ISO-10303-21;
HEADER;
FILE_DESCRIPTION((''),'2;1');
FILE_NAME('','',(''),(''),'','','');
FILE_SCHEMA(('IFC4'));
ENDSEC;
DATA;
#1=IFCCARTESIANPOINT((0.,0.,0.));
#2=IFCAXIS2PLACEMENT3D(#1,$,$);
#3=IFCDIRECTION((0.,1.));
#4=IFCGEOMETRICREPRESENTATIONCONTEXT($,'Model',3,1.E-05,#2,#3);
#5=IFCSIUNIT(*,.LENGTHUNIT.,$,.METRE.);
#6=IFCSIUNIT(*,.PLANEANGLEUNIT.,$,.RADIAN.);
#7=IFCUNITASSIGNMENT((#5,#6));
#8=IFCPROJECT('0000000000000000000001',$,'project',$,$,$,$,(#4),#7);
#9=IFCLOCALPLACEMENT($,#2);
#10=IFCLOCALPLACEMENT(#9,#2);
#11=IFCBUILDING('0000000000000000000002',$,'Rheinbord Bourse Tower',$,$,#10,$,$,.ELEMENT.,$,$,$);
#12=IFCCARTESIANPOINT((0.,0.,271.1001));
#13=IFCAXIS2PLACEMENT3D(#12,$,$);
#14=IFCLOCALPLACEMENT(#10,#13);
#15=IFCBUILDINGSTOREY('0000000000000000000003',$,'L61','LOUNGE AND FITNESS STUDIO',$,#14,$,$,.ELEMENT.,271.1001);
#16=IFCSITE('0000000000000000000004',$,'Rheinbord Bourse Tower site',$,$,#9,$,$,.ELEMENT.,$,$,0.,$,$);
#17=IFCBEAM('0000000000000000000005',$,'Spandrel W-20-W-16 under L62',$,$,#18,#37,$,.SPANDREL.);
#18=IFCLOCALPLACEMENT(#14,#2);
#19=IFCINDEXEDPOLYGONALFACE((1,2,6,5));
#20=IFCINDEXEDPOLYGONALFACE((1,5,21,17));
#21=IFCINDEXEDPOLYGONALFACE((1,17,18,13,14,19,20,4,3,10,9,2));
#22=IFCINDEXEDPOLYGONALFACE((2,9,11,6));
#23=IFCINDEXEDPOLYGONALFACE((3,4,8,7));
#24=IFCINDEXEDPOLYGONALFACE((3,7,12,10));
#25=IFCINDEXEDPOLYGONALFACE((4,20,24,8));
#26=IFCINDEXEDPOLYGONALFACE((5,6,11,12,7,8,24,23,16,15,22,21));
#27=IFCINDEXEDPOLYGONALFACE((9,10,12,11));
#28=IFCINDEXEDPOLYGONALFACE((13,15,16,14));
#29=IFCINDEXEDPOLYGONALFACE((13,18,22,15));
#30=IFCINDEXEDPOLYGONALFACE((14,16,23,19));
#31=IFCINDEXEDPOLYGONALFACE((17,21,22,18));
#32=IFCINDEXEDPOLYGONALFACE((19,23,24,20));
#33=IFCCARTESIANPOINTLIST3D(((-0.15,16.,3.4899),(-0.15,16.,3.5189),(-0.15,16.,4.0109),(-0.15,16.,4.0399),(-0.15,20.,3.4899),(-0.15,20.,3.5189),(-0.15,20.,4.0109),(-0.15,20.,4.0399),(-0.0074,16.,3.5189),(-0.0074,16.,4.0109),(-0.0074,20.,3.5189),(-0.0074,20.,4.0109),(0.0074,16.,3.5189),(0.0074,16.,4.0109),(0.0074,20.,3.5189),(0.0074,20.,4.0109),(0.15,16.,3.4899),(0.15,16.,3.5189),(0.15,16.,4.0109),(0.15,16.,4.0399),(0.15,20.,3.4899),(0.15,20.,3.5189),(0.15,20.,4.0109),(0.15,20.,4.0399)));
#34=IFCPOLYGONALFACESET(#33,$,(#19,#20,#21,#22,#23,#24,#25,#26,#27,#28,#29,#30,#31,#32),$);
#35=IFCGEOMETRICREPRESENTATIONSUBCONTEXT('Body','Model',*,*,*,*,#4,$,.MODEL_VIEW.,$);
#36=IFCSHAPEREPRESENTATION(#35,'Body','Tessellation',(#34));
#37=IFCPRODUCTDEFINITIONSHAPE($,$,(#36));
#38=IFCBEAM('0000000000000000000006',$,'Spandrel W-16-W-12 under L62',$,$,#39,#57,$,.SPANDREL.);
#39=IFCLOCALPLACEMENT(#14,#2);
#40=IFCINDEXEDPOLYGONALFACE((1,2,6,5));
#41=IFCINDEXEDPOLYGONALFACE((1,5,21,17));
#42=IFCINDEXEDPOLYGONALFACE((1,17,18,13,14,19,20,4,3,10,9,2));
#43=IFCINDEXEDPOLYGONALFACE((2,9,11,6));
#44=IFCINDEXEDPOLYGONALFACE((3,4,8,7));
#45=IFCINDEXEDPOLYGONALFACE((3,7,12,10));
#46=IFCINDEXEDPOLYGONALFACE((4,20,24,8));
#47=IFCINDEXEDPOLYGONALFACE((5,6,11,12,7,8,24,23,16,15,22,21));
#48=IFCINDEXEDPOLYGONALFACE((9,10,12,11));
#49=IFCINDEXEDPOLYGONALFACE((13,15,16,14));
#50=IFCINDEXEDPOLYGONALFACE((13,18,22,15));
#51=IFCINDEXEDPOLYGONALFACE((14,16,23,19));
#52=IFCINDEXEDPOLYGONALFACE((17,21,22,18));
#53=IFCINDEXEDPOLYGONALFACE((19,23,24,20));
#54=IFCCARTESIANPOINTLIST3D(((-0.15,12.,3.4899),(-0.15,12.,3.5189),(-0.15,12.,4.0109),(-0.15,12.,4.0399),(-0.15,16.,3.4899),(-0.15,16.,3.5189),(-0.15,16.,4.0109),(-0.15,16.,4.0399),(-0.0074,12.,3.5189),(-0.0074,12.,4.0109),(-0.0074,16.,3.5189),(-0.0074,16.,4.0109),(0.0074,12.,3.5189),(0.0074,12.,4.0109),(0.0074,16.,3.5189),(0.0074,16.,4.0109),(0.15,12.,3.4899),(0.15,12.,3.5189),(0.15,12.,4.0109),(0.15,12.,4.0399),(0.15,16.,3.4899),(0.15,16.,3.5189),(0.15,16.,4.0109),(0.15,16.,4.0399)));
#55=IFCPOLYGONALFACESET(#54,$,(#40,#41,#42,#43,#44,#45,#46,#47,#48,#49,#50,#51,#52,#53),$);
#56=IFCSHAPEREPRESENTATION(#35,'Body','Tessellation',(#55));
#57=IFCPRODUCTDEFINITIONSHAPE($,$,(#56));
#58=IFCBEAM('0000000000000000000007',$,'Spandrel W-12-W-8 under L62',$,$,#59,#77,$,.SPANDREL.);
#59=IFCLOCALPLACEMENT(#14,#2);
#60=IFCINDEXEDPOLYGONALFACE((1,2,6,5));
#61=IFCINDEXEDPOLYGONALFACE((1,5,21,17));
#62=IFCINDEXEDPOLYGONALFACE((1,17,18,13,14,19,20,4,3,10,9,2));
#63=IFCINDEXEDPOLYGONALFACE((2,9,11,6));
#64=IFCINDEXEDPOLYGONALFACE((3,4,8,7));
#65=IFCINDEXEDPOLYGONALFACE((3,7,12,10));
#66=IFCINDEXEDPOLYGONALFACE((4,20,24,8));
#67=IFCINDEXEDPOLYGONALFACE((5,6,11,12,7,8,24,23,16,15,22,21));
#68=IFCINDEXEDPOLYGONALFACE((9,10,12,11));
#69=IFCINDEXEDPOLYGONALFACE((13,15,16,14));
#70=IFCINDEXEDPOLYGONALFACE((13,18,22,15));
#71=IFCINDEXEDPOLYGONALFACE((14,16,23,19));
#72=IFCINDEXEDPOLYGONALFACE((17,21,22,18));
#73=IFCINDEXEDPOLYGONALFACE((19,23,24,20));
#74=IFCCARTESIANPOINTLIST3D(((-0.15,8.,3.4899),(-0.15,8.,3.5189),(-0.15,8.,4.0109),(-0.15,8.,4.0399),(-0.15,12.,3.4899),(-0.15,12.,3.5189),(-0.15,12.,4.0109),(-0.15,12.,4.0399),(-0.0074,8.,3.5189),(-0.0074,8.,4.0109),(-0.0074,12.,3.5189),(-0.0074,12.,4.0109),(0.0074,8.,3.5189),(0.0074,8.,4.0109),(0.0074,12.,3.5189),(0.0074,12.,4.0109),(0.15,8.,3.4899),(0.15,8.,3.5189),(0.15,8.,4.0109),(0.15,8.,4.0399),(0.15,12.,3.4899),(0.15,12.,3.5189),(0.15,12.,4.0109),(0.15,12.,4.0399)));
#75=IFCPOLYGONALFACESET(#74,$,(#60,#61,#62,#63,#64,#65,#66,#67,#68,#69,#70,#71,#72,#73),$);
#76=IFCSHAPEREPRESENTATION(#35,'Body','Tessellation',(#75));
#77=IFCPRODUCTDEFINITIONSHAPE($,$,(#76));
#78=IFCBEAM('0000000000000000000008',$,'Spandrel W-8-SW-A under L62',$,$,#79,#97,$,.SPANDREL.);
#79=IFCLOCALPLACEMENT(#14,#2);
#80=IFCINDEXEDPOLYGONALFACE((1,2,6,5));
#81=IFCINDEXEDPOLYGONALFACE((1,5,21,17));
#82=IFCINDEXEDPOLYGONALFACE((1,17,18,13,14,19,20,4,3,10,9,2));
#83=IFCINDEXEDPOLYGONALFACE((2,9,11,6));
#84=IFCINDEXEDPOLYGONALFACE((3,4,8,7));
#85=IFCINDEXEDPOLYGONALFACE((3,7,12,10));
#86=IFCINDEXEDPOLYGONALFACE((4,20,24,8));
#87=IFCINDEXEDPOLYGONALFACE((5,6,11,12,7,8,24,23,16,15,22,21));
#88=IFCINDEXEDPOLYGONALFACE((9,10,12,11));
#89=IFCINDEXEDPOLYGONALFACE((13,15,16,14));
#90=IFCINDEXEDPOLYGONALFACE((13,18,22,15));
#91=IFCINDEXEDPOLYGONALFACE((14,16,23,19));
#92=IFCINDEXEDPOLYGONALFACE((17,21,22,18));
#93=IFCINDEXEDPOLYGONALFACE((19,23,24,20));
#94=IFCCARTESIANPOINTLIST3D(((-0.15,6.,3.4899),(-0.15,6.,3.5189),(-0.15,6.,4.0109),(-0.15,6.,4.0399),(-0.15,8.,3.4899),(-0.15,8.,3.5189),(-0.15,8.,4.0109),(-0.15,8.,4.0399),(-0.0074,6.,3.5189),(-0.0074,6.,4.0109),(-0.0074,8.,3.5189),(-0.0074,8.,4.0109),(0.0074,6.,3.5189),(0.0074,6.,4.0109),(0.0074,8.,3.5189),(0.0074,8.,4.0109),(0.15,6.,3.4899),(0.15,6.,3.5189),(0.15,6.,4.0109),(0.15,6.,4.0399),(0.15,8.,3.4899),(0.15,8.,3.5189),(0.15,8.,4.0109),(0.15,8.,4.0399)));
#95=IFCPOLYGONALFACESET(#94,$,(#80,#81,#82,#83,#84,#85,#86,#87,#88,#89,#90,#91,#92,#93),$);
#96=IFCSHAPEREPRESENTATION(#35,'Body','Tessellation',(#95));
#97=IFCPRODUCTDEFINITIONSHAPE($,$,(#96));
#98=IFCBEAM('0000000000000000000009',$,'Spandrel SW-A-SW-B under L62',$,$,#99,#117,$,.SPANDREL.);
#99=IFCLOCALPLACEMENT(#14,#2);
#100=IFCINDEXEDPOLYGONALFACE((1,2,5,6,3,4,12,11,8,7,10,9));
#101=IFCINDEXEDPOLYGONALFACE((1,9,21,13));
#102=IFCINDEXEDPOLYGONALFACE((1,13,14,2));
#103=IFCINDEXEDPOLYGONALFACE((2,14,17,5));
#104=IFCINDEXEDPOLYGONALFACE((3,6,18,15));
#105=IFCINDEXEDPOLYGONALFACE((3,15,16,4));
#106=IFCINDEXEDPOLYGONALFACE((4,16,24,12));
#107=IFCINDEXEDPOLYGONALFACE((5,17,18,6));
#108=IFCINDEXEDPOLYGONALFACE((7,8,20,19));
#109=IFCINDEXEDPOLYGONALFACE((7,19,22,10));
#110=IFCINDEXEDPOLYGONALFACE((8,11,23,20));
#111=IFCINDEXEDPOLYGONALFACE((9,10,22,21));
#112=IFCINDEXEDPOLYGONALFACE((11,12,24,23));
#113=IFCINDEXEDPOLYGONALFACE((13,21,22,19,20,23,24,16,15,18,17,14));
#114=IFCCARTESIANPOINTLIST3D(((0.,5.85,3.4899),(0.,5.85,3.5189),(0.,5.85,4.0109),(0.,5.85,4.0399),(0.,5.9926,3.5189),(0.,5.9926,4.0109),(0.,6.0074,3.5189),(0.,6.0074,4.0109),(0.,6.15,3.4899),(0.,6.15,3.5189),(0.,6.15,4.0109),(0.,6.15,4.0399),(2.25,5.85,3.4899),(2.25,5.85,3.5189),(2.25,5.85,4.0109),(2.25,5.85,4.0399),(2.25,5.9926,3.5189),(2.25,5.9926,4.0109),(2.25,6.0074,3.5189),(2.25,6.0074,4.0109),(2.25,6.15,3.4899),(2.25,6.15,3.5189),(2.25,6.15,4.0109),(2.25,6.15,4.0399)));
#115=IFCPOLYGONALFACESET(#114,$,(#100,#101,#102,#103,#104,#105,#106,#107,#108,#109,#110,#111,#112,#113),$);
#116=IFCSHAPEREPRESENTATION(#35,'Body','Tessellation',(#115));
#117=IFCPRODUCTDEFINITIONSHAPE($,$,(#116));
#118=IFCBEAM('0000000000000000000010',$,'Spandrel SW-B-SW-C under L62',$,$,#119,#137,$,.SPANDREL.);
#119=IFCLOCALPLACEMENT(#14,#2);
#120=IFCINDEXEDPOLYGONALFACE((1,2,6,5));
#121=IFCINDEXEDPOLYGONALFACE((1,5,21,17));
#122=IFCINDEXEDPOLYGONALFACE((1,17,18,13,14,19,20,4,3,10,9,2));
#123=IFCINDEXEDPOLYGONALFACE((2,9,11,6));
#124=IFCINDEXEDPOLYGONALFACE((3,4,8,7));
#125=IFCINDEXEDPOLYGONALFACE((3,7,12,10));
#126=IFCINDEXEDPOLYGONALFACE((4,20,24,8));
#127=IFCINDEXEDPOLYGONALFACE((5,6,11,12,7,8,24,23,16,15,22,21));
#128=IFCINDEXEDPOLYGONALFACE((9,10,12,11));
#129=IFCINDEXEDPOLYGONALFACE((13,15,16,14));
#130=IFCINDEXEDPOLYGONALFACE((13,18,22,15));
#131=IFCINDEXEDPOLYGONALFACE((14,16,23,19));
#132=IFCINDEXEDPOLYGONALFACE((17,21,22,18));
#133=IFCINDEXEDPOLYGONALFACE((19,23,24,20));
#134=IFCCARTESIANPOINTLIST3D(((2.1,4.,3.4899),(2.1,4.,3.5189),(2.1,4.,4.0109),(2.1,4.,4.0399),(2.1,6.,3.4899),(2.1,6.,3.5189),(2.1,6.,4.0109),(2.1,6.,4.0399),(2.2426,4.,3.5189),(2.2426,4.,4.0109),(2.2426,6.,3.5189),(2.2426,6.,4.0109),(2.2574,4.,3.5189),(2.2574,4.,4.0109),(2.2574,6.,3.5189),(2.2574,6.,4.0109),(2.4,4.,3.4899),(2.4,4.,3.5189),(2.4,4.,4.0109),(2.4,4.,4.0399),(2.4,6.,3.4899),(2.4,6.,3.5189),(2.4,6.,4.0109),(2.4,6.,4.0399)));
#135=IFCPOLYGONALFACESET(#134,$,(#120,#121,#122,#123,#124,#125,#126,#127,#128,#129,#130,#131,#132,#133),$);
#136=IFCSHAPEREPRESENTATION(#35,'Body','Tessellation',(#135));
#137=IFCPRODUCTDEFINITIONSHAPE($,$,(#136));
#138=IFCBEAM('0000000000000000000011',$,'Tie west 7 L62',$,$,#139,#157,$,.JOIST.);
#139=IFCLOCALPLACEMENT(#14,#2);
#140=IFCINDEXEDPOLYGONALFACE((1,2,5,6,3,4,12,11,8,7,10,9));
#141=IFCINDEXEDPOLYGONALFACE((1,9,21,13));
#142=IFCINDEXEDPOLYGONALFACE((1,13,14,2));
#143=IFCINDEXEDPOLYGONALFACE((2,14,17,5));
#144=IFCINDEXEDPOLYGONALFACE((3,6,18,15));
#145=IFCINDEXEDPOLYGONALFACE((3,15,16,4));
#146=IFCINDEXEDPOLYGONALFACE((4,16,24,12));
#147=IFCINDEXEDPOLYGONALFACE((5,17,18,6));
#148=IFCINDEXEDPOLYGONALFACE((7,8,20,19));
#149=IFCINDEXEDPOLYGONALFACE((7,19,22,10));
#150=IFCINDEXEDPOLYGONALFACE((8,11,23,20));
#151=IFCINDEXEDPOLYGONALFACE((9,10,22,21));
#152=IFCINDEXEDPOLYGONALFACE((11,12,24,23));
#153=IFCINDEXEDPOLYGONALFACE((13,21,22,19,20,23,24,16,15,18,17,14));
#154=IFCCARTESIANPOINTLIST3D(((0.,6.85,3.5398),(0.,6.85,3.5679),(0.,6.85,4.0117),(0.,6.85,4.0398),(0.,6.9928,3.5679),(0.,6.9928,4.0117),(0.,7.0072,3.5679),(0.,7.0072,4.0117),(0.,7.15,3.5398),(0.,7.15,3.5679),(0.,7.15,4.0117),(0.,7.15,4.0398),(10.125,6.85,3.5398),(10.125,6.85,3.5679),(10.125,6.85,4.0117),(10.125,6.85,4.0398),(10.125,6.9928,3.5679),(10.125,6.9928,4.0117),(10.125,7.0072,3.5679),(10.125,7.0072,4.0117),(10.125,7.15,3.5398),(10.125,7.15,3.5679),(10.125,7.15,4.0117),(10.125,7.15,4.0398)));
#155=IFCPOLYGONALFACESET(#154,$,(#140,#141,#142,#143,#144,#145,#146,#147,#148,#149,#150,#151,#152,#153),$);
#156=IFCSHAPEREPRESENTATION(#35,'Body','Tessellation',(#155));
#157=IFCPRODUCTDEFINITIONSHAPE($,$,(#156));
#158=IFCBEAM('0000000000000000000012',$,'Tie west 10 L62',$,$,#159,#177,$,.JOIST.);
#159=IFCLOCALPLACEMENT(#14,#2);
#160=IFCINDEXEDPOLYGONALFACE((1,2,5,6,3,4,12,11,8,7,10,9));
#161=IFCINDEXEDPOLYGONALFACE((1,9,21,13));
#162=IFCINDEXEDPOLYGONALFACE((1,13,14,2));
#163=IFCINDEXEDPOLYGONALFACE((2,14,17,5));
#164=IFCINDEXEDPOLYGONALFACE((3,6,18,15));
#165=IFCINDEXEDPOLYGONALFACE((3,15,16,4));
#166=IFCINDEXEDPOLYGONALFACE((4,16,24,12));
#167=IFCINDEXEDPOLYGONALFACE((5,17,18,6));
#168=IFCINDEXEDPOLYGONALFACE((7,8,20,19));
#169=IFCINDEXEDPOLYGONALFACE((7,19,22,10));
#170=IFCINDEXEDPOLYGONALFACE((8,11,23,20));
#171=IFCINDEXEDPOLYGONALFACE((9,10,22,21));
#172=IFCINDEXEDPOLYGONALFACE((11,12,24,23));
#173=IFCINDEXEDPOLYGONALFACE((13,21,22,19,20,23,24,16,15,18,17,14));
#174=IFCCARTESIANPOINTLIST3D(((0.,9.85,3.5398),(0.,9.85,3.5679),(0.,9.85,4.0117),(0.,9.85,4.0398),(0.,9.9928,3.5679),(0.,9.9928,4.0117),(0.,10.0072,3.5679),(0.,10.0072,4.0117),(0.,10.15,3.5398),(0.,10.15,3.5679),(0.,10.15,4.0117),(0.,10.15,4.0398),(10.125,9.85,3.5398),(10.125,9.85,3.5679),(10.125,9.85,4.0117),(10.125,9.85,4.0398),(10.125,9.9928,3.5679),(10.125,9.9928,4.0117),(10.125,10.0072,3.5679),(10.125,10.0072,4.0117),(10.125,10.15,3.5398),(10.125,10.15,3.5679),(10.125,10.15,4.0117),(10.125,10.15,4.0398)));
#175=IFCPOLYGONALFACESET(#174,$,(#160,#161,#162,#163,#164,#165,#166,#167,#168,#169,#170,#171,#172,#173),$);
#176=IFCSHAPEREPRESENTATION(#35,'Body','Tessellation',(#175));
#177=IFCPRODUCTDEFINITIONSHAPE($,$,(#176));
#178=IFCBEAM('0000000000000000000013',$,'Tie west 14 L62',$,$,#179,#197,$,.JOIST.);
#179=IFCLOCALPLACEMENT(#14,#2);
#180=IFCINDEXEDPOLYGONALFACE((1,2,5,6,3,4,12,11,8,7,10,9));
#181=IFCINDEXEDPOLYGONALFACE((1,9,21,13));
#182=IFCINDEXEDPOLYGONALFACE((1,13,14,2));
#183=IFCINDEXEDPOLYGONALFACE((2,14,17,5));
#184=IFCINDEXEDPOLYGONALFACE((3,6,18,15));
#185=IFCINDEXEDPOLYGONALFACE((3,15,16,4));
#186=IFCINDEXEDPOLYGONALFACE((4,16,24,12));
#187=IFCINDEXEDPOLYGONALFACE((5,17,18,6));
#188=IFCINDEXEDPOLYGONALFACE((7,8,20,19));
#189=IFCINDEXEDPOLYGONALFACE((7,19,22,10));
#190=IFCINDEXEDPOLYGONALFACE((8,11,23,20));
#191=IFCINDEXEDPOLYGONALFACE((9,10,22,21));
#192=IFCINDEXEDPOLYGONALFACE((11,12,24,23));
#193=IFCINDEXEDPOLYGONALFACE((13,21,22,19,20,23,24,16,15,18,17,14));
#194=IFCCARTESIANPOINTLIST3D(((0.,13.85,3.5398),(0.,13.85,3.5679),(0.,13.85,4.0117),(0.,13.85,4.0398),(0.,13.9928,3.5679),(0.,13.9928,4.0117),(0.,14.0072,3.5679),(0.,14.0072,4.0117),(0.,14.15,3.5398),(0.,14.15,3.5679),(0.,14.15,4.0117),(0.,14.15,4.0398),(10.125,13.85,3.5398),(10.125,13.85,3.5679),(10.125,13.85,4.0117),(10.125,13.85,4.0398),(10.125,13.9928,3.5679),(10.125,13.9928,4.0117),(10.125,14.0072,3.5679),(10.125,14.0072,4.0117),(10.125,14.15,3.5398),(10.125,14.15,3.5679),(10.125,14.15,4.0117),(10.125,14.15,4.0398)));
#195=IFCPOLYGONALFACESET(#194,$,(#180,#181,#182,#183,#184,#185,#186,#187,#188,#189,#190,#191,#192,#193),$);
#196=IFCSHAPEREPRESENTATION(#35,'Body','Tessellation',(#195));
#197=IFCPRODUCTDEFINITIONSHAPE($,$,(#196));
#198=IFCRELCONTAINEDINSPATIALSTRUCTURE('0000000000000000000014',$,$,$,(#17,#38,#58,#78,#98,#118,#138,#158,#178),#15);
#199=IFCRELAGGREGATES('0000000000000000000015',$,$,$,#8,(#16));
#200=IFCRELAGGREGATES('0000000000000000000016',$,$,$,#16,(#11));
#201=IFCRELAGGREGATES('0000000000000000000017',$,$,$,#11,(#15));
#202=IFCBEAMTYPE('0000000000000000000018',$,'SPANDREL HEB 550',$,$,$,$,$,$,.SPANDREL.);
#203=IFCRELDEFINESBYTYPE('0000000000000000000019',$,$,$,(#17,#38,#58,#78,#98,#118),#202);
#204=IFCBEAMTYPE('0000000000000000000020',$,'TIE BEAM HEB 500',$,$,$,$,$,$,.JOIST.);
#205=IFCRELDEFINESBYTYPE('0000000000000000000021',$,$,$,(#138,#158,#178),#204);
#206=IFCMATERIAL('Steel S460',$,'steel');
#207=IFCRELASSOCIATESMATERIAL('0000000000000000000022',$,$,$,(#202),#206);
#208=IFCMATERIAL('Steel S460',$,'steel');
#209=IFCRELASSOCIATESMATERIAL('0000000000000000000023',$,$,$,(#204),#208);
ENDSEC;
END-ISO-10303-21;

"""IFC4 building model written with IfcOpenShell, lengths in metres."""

from ifc_helpers import new_model, si_unit, direction, frame, origin, origin_2d, place, context, subcontext, project, spatial, i_section, extrude, material, material_profile, profile_set, type_object, element, save


model = new_model("IFC4")

# Units and contexts
model_context = context("Model", 3, precision=1e-05, world=origin(), true_north=direction((0.0, 1.0)))
body_context = subcontext(model_context, "Body", "Model", "MODEL_VIEW")
ifc_project = project(units=[si_unit("LENGTHUNIT", "METRE"), si_unit("PLANEANGLEUNIT", "RADIAN")], contexts=[model_context])

# Site, building, storey
site_placement = place(None, origin())
site = spatial("IfcSite", under=ifc_project, at=site_placement, Name="Rheinbord Bourse Tower site", CompositionType="ELEMENT", RefElevation=0.0)
building_placement = place(site_placement, origin())
building = spatial("IfcBuilding", under=site, at=building_placement, Name="Rheinbord Bourse Tower", CompositionType="ELEMENT")
storey_placement = place(building_placement, frame((0.0, 0.0, 271.1001)))
storey = spatial("IfcBuildingStorey", under=building, at=storey_placement, Name="L61", Description="LOUNGE AND FITNESS STUDIO", CompositionType="ELEMENT", Elevation=271.1001)

# Beams
ifc_material_1 = material(Name="Steel S460", Category="steel")
ifc_material_profile_1 = material_profile(ifc_material_1, i_section(OverallWidth=0.3, OverallDepth=0.55, WebThickness=0.0149, FlangeThickness=0.0291, at=origin_2d()), Name="HEB 550")
ifc_profile_set_1 = profile_set([ifc_material_profile_1], Name="Steel S460")
beam_type_1 = type_object("IfcBeamType", Name="SPANDREL HEB 550", PredefinedType="SPANDREL", material=ifc_profile_set_1)
for number, where, z_axis, x_axis, name in (
    (1, (0.0, 20.0, 3.7649), (0.0, -1.0, 0.0), (1.0, 0.0, 0.0), "Spandrel W-20-W-16 under L62"),
    (2, (0.0, 16.0, 3.7649), (0.0, -1.0, 0.0), (1.0, 0.0, 0.0), "Spandrel W-16-W-12 under L62"),
    (3, (0.0, 12.0, 3.7649), (0.0, -1.0, 0.0), (1.0, 0.0, 0.0), "Spandrel W-12-W-8 under L62"),
):
    element("IfcBeam", number, at=place(storey_placement, frame(where, z_axis=z_axis, x_axis=x_axis)), inside=storey, type_object=beam_type_1, Name=name, PredefinedType="SPANDREL", context=body_context, shape_type="SweptSolid", body=[
        extrude(i_section(OverallWidth=0.3, OverallDepth=0.55, WebThickness=0.0149, FlangeThickness=0.0291, at=origin_2d()), origin(), (0.0, 0.0, 1.0), 4.0),
    ])
beam_1_placement = place(storey_placement, frame((0.0, 8.0, 3.7649), z_axis=(0.0, -1.0, 0.0), x_axis=(1.0, 0.0, 0.0)))
element("IfcBeam", 4, at=beam_1_placement, inside=storey, type_object=beam_type_1, Name="Spandrel W-8-SW-A under L62", PredefinedType="SPANDREL", context=body_context, shape_type="SweptSolid", body=[
    extrude(i_section(OverallWidth=0.3, OverallDepth=0.55, WebThickness=0.0149, FlangeThickness=0.0291, at=origin_2d()), origin(), (0.0, 0.0, 1.0), 2.0),
])
beam_2_placement = place(storey_placement, frame((0.0, 6.0, 3.7649), z_axis=(1.0, 0.0, 0.0), x_axis=(0.0, 1.0, 0.0)))
element("IfcBeam", 5, at=beam_2_placement, inside=storey, type_object=beam_type_1, Name="Spandrel SW-A-SW-B under L62", PredefinedType="SPANDREL", context=body_context, shape_type="SweptSolid", body=[
    extrude(i_section(OverallWidth=0.3, OverallDepth=0.55, WebThickness=0.0149, FlangeThickness=0.0291, at=origin_2d()), origin(), (0.0, 0.0, 1.0), 2.25),
])
beam_3_placement = place(storey_placement, frame((2.25, 6.0, 3.7649), z_axis=(0.0, -1.0, 0.0), x_axis=(1.0, 0.0, 0.0)))
element("IfcBeam", 6, at=beam_3_placement, inside=storey, type_object=beam_type_1, Name="Spandrel SW-B-SW-C under L62", PredefinedType="SPANDREL", context=body_context, shape_type="SweptSolid", body=[
    extrude(i_section(OverallWidth=0.3, OverallDepth=0.55, WebThickness=0.0149, FlangeThickness=0.0291, at=origin_2d()), origin(), (0.0, 0.0, 1.0), 2.0),
])
ifc_material_2 = material(Name="Steel S460", Category="steel")
ifc_material_profile_2 = material_profile(ifc_material_2, i_section(OverallWidth=0.3, OverallDepth=0.5, WebThickness=0.0144, FlangeThickness=0.0281, at=origin_2d()), Name="HEB 500")
ifc_profile_set_2 = profile_set([ifc_material_profile_2], Name="Steel S460")
beam_type_2 = type_object("IfcBeamType", Name="TIE BEAM HEB 500", PredefinedType="JOIST", material=ifc_profile_set_2)
for number, where, z_axis, x_axis, name in (
    (7, (0.0, 7.0, 3.7898), (1.0, 0.0, 0.0), (0.0, 1.0, 0.0), "Tie west 7 L62"),
    (8, (0.0, 10.0, 3.7898), (1.0, 0.0, 0.0), (0.0, 1.0, 0.0), "Tie west 10 L62"),
    (9, (0.0, 14.0, 3.7898), (1.0, 0.0, 0.0), (0.0, 1.0, 0.0), "Tie west 14 L62"),
):
    element("IfcBeam", number, at=place(storey_placement, frame(where, z_axis=z_axis, x_axis=x_axis)), inside=storey, type_object=beam_type_2, Name=name, PredefinedType="JOIST", context=body_context, shape_type="SweptSolid", body=[
        extrude(i_section(OverallWidth=0.3, OverallDepth=0.5, WebThickness=0.0144, FlangeThickness=0.0281, at=origin_2d()), origin(), (0.0, 0.0, 1.0), 10.125),
    ])

save(model, "model.ifc")
